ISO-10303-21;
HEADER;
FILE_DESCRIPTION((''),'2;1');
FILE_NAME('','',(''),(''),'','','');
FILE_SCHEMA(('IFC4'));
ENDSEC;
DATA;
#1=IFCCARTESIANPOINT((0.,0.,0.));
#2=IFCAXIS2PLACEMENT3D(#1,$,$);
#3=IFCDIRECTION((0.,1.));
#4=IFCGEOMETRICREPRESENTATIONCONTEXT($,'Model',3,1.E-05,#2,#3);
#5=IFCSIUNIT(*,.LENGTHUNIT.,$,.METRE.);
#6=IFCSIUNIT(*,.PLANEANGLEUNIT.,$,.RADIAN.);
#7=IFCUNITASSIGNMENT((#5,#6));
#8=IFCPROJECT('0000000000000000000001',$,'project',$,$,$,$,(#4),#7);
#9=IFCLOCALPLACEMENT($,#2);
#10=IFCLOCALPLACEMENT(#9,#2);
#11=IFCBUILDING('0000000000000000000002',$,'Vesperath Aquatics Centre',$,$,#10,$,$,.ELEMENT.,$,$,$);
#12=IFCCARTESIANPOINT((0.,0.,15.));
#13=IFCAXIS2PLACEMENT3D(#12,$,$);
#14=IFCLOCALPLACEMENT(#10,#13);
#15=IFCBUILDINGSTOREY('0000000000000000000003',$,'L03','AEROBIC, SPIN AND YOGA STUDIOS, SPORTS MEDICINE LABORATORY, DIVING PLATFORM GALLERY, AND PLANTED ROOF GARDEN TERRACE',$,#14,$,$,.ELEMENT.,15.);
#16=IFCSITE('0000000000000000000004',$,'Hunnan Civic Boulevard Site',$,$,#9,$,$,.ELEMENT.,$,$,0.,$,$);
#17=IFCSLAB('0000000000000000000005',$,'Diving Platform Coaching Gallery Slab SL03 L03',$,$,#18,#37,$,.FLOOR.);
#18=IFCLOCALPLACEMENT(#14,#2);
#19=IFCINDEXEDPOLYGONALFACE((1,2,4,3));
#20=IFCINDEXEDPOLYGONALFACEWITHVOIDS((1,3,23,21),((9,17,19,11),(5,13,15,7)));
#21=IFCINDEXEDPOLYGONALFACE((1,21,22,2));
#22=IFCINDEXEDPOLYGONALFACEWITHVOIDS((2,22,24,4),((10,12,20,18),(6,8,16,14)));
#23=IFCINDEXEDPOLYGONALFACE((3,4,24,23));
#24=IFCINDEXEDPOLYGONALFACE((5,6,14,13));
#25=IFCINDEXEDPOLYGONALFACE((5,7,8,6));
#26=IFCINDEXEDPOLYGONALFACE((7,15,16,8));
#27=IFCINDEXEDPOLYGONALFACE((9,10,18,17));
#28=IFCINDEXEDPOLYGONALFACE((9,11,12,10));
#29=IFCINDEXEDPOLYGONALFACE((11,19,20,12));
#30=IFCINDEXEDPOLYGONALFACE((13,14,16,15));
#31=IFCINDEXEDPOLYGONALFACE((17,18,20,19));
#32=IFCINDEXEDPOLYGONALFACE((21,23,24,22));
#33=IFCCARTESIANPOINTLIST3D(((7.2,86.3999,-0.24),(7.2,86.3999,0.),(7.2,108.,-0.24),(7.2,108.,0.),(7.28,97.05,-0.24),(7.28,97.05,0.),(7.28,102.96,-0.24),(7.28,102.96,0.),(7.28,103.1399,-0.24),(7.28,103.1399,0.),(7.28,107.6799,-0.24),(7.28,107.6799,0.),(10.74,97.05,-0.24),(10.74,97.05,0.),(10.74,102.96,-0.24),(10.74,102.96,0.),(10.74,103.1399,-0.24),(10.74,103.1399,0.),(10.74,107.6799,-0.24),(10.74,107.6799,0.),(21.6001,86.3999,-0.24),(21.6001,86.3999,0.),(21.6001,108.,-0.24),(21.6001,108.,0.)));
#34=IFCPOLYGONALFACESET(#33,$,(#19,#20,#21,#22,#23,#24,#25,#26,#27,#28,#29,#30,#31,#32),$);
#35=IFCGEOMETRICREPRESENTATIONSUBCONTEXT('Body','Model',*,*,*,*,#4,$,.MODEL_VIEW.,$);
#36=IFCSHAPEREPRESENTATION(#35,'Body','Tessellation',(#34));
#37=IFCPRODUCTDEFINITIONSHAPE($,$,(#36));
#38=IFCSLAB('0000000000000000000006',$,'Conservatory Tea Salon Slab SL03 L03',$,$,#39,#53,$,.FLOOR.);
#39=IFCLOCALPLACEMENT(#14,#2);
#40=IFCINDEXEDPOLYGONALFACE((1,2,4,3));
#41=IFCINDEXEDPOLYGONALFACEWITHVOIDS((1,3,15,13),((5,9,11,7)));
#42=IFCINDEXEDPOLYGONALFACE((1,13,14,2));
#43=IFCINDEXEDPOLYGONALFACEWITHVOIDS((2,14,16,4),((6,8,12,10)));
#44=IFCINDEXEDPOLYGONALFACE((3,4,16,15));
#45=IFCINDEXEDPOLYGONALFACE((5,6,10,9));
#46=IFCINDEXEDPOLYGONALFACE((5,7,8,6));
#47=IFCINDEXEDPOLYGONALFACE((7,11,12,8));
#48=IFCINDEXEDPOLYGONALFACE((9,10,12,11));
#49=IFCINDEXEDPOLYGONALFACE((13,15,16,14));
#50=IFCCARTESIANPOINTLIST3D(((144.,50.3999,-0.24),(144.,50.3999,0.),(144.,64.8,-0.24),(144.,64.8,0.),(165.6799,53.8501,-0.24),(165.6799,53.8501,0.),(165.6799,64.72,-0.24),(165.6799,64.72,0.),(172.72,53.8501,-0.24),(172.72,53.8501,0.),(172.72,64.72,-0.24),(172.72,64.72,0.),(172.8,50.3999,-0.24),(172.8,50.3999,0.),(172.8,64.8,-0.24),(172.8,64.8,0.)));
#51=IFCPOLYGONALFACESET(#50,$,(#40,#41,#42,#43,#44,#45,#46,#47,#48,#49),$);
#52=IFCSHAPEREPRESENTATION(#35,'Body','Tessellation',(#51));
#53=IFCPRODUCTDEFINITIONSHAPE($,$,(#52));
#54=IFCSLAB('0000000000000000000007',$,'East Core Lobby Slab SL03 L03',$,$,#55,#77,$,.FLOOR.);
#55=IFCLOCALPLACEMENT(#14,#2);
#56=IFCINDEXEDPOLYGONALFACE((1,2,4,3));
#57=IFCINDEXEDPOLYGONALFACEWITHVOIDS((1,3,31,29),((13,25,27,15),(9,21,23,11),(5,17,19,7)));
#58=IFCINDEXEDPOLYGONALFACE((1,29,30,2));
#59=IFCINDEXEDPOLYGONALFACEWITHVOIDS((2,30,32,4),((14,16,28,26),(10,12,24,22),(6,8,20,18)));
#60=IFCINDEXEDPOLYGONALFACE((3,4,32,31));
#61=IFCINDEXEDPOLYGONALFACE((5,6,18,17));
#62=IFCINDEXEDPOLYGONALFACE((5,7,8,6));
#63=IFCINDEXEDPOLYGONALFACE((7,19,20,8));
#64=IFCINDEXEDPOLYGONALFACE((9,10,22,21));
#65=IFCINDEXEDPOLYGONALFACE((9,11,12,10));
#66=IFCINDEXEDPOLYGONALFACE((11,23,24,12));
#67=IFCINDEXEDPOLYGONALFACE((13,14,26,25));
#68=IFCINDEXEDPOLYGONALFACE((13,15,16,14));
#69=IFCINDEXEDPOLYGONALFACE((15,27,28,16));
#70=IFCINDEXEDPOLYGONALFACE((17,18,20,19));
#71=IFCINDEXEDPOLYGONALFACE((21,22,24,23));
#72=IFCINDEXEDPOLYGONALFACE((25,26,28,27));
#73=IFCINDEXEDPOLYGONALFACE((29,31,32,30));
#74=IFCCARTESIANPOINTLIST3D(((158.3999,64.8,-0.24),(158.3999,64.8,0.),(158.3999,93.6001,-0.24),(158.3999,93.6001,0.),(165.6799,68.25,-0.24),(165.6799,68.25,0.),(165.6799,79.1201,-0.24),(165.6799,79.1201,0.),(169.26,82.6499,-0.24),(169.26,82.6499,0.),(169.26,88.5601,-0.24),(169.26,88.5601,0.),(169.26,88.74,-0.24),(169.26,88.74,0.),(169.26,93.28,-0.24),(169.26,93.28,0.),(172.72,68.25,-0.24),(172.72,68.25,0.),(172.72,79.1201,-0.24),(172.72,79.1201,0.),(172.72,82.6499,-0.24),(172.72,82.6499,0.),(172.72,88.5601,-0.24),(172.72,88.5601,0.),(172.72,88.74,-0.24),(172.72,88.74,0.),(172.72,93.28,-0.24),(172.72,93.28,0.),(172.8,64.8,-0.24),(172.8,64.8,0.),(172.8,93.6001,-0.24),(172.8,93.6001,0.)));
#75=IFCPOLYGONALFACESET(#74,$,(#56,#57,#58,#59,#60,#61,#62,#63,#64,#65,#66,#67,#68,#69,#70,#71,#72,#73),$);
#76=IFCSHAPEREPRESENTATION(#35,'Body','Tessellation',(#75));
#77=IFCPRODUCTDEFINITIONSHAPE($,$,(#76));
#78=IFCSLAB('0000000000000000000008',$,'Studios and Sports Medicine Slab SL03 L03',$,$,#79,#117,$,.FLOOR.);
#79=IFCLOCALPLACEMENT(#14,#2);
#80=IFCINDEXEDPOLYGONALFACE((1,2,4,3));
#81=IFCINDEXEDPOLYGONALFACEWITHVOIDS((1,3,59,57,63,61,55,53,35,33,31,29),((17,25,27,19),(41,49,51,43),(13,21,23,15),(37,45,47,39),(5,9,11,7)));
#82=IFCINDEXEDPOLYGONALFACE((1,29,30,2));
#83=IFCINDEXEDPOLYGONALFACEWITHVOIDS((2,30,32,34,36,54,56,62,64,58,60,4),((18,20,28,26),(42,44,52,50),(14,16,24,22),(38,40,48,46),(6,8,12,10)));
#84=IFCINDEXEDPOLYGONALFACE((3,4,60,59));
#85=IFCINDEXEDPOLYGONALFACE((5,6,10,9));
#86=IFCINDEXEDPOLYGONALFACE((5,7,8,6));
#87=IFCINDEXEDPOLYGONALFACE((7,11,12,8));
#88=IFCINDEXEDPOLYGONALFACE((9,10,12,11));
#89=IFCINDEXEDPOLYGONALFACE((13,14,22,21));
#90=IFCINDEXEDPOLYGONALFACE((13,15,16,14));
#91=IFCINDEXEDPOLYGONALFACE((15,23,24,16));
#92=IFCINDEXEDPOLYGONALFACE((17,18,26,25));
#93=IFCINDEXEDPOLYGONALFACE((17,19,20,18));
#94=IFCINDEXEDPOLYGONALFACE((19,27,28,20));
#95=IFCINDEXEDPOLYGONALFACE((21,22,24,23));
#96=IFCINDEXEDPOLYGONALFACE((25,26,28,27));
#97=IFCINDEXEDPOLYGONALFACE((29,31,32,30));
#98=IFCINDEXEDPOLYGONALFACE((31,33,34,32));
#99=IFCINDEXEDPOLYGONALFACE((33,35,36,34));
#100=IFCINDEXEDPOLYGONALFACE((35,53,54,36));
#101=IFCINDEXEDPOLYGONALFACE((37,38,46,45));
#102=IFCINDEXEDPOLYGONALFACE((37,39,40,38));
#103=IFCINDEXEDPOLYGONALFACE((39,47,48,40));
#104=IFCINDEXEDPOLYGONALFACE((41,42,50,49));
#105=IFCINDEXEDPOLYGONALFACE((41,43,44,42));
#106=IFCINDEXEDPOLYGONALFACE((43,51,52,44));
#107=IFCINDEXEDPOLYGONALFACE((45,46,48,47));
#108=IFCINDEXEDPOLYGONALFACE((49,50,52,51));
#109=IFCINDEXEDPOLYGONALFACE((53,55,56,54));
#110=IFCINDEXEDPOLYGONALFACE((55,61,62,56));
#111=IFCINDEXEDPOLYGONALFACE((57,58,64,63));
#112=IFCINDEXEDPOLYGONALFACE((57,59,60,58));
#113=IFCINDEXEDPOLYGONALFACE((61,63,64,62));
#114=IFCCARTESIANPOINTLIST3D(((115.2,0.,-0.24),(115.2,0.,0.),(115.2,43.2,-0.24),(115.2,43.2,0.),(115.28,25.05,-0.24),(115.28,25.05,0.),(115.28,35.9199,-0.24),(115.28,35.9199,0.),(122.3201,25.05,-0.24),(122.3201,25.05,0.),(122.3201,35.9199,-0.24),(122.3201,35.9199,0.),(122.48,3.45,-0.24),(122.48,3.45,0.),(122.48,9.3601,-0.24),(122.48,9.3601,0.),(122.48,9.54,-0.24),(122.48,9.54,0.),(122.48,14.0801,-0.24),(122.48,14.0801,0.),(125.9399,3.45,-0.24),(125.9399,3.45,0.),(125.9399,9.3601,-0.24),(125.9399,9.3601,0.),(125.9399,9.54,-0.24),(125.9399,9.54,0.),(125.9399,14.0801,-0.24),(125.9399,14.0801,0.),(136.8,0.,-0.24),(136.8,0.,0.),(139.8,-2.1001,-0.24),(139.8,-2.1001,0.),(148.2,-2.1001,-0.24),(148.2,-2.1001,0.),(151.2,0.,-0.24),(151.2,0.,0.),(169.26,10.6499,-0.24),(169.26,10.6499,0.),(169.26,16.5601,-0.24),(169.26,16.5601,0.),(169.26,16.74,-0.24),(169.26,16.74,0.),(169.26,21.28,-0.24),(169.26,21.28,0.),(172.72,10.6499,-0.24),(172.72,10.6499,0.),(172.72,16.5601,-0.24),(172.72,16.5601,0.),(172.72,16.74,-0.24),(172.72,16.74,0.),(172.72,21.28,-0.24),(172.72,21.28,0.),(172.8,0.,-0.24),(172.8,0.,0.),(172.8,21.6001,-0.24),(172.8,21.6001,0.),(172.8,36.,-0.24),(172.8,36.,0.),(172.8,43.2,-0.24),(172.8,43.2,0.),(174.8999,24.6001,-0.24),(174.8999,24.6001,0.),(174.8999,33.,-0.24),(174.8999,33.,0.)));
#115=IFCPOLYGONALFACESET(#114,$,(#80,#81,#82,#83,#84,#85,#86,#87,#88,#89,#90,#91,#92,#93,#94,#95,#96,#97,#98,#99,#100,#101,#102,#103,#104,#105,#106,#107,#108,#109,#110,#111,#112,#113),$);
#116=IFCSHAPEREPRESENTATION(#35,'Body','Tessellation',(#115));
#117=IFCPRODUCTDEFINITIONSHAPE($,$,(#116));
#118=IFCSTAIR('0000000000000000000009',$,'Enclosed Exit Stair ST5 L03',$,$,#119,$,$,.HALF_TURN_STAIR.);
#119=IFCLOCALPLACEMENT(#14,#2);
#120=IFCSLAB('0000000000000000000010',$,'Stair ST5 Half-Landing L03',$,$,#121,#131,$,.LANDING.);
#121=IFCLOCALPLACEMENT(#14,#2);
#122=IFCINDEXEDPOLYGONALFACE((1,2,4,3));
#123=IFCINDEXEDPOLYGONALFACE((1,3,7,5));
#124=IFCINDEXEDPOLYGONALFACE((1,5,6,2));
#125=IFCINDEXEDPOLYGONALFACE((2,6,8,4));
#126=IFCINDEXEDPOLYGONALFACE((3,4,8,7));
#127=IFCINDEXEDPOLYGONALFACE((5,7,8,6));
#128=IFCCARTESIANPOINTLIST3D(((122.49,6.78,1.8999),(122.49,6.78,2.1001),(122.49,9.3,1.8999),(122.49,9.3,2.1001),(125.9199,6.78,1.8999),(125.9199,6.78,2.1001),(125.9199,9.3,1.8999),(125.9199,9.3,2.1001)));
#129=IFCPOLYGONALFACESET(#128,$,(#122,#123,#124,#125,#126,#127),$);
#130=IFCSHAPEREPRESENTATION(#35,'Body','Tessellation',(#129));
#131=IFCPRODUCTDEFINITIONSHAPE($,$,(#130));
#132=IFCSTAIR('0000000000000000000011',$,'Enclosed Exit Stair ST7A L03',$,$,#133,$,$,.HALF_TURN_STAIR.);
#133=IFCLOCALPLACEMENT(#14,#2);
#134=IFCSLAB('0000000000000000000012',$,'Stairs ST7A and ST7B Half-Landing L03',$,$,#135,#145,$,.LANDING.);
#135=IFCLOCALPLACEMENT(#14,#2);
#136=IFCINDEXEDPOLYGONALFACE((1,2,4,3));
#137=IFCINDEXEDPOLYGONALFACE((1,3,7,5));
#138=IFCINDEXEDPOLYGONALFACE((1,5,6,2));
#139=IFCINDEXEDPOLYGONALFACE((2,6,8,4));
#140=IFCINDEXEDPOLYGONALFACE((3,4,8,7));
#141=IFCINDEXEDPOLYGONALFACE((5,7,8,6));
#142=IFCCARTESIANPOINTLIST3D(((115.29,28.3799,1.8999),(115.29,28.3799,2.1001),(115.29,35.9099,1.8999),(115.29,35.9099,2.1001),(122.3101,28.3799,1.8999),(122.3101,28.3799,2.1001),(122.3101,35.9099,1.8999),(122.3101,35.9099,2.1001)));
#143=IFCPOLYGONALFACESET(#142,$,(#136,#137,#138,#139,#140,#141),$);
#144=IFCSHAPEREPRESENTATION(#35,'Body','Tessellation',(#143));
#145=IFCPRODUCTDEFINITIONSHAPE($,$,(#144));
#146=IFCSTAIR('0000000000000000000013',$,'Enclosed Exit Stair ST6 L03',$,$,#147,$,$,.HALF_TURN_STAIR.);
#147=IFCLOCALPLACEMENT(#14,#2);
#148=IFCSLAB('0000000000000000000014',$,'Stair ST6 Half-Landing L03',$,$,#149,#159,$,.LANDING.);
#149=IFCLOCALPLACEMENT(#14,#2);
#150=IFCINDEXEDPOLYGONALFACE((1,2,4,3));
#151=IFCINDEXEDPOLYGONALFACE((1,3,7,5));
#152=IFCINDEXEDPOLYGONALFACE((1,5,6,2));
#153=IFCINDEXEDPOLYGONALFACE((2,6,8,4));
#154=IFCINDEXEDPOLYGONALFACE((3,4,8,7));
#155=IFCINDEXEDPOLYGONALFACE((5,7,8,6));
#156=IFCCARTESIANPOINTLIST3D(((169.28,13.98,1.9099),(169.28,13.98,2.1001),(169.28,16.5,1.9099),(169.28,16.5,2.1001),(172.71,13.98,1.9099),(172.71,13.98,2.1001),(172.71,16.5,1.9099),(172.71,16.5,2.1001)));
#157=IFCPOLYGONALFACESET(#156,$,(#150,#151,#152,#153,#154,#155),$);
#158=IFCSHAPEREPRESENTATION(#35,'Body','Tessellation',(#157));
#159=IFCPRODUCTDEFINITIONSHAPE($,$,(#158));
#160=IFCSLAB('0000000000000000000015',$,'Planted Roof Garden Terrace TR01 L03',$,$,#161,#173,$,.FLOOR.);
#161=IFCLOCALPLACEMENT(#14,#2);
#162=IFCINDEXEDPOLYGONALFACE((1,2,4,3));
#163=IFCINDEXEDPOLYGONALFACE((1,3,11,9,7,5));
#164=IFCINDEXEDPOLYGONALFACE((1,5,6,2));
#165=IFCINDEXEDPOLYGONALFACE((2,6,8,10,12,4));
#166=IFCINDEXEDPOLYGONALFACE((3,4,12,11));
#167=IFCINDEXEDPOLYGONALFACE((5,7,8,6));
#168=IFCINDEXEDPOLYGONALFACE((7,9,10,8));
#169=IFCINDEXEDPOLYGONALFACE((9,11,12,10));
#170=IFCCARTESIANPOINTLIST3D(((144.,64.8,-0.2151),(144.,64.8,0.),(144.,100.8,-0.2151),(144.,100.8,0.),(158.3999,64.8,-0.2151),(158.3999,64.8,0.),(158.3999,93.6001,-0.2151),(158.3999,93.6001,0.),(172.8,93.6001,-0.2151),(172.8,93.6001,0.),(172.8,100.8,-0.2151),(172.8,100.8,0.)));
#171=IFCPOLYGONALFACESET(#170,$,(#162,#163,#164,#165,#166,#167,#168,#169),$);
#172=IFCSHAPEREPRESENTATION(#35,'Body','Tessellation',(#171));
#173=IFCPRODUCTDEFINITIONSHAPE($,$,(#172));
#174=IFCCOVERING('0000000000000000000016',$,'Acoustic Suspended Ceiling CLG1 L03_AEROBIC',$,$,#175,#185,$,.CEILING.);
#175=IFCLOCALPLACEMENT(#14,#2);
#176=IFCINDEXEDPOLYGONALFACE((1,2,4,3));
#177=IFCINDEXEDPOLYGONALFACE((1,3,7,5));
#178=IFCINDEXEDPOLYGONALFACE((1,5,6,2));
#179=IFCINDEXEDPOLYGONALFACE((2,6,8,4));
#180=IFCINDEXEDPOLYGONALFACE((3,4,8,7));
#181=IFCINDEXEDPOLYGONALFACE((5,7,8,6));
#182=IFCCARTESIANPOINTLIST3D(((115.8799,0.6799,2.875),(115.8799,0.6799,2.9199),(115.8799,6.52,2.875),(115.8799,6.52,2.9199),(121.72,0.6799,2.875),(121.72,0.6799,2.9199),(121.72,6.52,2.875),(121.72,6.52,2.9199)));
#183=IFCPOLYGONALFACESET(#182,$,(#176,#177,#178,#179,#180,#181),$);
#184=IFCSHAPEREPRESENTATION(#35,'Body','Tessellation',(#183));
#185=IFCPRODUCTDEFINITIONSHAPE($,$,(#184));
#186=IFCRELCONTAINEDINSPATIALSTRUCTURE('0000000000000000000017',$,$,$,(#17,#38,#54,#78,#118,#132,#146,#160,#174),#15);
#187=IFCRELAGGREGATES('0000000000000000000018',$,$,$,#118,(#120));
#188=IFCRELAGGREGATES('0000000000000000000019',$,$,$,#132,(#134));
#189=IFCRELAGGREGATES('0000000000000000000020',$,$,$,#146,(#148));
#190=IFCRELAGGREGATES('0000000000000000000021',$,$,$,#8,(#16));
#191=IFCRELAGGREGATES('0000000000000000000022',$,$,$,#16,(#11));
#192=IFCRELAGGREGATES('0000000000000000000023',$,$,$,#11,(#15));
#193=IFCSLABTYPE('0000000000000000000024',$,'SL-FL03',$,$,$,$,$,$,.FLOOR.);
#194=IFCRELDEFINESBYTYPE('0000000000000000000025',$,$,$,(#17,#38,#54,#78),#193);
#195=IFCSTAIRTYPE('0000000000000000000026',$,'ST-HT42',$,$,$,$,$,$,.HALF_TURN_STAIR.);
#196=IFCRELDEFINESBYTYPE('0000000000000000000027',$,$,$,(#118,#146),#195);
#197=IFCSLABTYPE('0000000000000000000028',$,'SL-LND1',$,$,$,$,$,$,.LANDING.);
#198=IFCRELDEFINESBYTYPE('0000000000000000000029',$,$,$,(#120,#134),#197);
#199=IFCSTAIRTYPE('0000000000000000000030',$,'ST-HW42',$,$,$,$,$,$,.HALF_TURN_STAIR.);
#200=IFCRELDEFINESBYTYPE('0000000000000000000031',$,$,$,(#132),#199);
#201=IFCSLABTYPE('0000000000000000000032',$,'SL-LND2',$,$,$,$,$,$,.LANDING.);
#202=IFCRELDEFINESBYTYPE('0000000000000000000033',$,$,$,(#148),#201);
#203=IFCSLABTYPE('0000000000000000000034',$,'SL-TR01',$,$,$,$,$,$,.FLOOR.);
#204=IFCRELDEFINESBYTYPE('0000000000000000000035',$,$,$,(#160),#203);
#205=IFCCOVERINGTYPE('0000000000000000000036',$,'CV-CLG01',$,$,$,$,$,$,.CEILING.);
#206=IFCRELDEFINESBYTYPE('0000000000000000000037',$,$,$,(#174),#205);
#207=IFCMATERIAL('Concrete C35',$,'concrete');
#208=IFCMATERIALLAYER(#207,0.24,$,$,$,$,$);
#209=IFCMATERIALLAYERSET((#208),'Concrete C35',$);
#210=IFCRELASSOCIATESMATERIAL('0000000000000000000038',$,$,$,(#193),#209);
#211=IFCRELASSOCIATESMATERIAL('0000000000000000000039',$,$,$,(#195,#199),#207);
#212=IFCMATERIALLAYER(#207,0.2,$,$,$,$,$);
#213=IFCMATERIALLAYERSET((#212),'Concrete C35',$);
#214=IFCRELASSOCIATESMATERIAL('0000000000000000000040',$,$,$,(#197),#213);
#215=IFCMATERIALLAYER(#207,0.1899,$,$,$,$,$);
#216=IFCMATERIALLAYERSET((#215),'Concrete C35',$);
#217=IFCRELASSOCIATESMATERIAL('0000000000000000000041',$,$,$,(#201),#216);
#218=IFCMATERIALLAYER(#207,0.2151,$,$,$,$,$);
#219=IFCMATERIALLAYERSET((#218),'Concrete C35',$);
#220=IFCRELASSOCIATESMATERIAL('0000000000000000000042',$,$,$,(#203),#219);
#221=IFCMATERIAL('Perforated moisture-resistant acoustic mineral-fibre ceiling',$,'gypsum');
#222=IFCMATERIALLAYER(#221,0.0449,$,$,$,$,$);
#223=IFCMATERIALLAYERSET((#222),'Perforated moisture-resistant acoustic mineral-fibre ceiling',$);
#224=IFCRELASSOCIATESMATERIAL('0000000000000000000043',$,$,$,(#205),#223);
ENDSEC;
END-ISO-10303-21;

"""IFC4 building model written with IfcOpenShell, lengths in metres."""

from ifc_helpers import new_model, si_unit, direction, frame, origin, place, context, subcontext, project, spatial, polyline, outline, extrude, material, layer, layer_set, type_object, element, aggregate, save


model = new_model("IFC4")

# Units and contexts
model_context = context("Model", 3, precision=1e-05, world=origin(), true_north=direction((0.0, 1.0)))
body_context = subcontext(model_context, "Body", "Model", "MODEL_VIEW")
ifc_project = project(units=[si_unit("LENGTHUNIT", "METRE"), si_unit("PLANEANGLEUNIT", "RADIAN")], contexts=[model_context])

# Site, building, storey
site_placement = place(None, origin())
site = spatial("IfcSite", under=ifc_project, at=site_placement, Name="Hunnan Civic Boulevard Site", CompositionType="ELEMENT", RefElevation=0.0)
building_placement = place(site_placement, origin())
building = spatial("IfcBuilding", under=site, at=building_placement, Name="Vesperath Aquatics Centre", CompositionType="ELEMENT")
storey_placement = place(building_placement, frame((0.0, 0.0, 15.0)))
storey = spatial("IfcBuildingStorey", under=building, at=storey_placement, Name="L03", Description="AEROBIC, SPIN AND YOGA STUDIOS, SPORTS MEDICINE LABORATORY, DIVING PLATFORM GALLERY, AND PLANTED ROOF GARDEN TERRACE", CompositionType="ELEMENT", Elevation=15.0)

# Slabs
ifc_material_1 = material(Name="Concrete C35", Category="concrete")
ifc_layer_1 = layer(ifc_material_1, 0.24)
ifc_layer_set_1 = layer_set([ifc_layer_1], Name="Concrete C35")
slab_type_1 = type_object("IfcSlabType", Name="SL-FL03", PredefinedType="FLOOR", material=ifc_layer_set_1)
slab_1_placement = place(storey_placement, frame((0.0, 0.0, -0.24)))
element("IfcSlab", 1, at=slab_1_placement, inside=storey, type_object=slab_type_1, Name="Diving Platform Coaching Gallery Slab SL03 L03", PredefinedType="FLOOR", context=body_context, shape_type="SweptSolid", body=[
    extrude(outline(polyline([(7.2, 86.3999), (21.6001, 86.3999), (21.6001, 108.0), (7.2, 108.0), (7.2, 86.3999)]), holes=[polyline([(7.28, 97.05), (10.74, 97.05), (10.74, 102.96), (7.28, 102.96), (7.28, 97.05)]), polyline([(7.28, 103.1399), (10.74, 103.1399), (10.74, 107.6799), (7.28, 107.6799), (7.28, 103.1399)])]), origin(), (0.0, 0.0, 1.0), 0.24),
])
slab_2_placement = place(storey_placement, frame((0.0, 0.0, -0.24)))
element("IfcSlab", 2, at=slab_2_placement, inside=storey, type_object=slab_type_1, Name="Conservatory Tea Salon Slab SL03 L03", PredefinedType="FLOOR", context=body_context, shape_type="SweptSolid", body=[
    extrude(outline(polyline([(144.0, 50.3999), (172.8, 50.3999), (172.8, 64.8), (144.0, 64.8), (144.0, 50.3999)]), holes=[polyline([(165.6799, 53.8501), (172.72, 53.8501), (172.72, 64.72), (165.6799, 64.72), (165.6799, 53.8501)])]), origin(), (0.0, 0.0, 1.0), 0.24),
])
slab_3_placement = place(storey_placement, frame((0.0, 0.0, -0.24)))
element("IfcSlab", 3, at=slab_3_placement, inside=storey, type_object=slab_type_1, Name="East Core Lobby Slab SL03 L03", PredefinedType="FLOOR", context=body_context, shape_type="SweptSolid", body=[
    extrude(outline(polyline([(158.3999, 64.8), (172.8, 64.8), (172.8, 93.6001), (158.3999, 93.6001), (158.3999, 64.8)]), holes=[polyline([(169.26, 82.6499), (172.72, 82.6499), (172.72, 88.5601), (169.26, 88.5601), (169.26, 82.6499)]), polyline([(169.26, 88.74), (172.72, 88.74), (172.72, 93.28), (169.26, 93.28), (169.26, 88.74)]), polyline([(165.6799, 68.25), (172.72, 68.25), (172.72, 79.1201), (165.6799, 79.1201), (165.6799, 68.25)])]), origin(), (0.0, 0.0, 1.0), 0.24),
])
slab_4_placement = place(storey_placement, frame((0.0, 0.0, -0.24)))
element("IfcSlab", 4, at=slab_4_placement, inside=storey, type_object=slab_type_1, Name="Studios and Sports Medicine Slab SL03 L03", PredefinedType="FLOOR", context=body_context, shape_type="SweptSolid", body=[
    extrude(outline(polyline([(115.2, 0.0), (136.8, 0.0), (139.8, -2.1001), (148.2, -2.1001), (151.2, 0.0), (172.8, 0.0), (172.8, 21.6001), (174.8999, 24.6001), (174.8999, 33.0), (172.8, 36.0), (172.8, 43.2), (115.2, 43.2), (115.2, 0.0)]), holes=[polyline([(122.48, 3.45), (125.9399, 3.45), (125.9399, 9.3601), (122.48, 9.3601), (122.48, 3.45)]), polyline([(122.48, 9.54), (125.9399, 9.54), (125.9399, 14.0801), (122.48, 14.0801), (122.48, 9.54)]), polyline([(169.26, 10.6499), (172.72, 10.6499), (172.72, 16.5601), (169.26, 16.5601), (169.26, 10.6499)]), polyline([(169.26, 16.74), (172.72, 16.74), (172.72, 21.28), (169.26, 21.28), (169.26, 16.74)]), polyline([(115.28, 25.05), (122.3201, 25.05), (122.3201, 35.9199), (115.28, 35.9199), (115.28, 25.05)])]), origin(), (0.0, 0.0, 1.0), 0.24),
])

# Stairs, slabs
stair_type_1 = type_object("IfcStairType", Name="ST-HT42", PredefinedType="HALF_TURN_STAIR", material=ifc_material_1)
stair_1_placement = place(storey_placement, origin())
stair_1 = element("IfcStair", 5, at=stair_1_placement, inside=storey, type_object=stair_type_1, Name="Enclosed Exit Stair ST5 L03", PredefinedType="HALF_TURN_STAIR")
ifc_layer_2 = layer(ifc_material_1, 0.2)
ifc_layer_set_2 = layer_set([ifc_layer_2], Name="Concrete C35")
slab_type_2 = type_object("IfcSlabType", Name="SL-LND1", PredefinedType="LANDING", material=ifc_layer_set_2)
slab_5_placement = place(storey_placement, frame((0.0, 0.0, 1.8999)))
slab_5 = element("IfcSlab", 6, at=slab_5_placement, type_object=slab_type_2, Name="Stair ST5 Half-Landing L03", PredefinedType="LANDING", context=body_context, shape_type="SweptSolid", body=[
    extrude(outline(polyline([(122.49, 6.78), (125.9199, 6.78), (125.9199, 9.3), (122.49, 9.3), (122.49, 6.78)])), origin(), (0.0, 0.0, 1.0), 0.2002),
])
aggregate(stair_1, [slab_5])
stair_type_2 = type_object("IfcStairType", Name="ST-HW42", PredefinedType="HALF_TURN_STAIR", material=ifc_material_1)
stair_2_placement = place(storey_placement, origin())
stair_2 = element("IfcStair", 7, at=stair_2_placement, inside=storey, type_object=stair_type_2, Name="Enclosed Exit Stair ST7A L03", PredefinedType="HALF_TURN_STAIR")
slab_6_placement = place(storey_placement, frame((0.0, 0.0, 1.8999)))
slab_6 = element("IfcSlab", 8, at=slab_6_placement, type_object=slab_type_2, Name="Stairs ST7A and ST7B Half-Landing L03", PredefinedType="LANDING", context=body_context, shape_type="SweptSolid", body=[
    extrude(outline(polyline([(115.29, 28.3799), (122.3101, 28.3799), (122.3101, 35.9099), (115.29, 35.9099), (115.29, 28.3799)])), origin(), (0.0, 0.0, 1.0), 0.2002),
])
aggregate(stair_2, [slab_6])
stair_3_placement = place(storey_placement, origin())
stair_3 = element("IfcStair", 9, at=stair_3_placement, inside=storey, type_object=stair_type_1, Name="Enclosed Exit Stair ST6 L03", PredefinedType="HALF_TURN_STAIR")
ifc_layer_3 = layer(ifc_material_1, 0.1899)
ifc_layer_set_3 = layer_set([ifc_layer_3], Name="Concrete C35")
slab_type_3 = type_object("IfcSlabType", Name="SL-LND2", PredefinedType="LANDING", material=ifc_layer_set_3)
slab_7_placement = place(storey_placement, frame((0.0, 0.0, 1.9099)))
slab_7 = element("IfcSlab", 10, at=slab_7_placement, type_object=slab_type_3, Name="Stair ST6 Half-Landing L03", PredefinedType="LANDING", context=body_context, shape_type="SweptSolid", body=[
    extrude(outline(polyline([(169.28, 13.98), (172.71, 13.98), (172.71, 16.5), (169.28, 16.5), (169.28, 13.98)])), origin(), (0.0, 0.0, 1.0), 0.1902),
])
aggregate(stair_3, [slab_7])

# Slab
ifc_layer_4 = layer(ifc_material_1, 0.2151)
ifc_layer_set_4 = layer_set([ifc_layer_4], Name="Concrete C35")
slab_type_4 = type_object("IfcSlabType", Name="SL-TR01", PredefinedType="FLOOR", material=ifc_layer_set_4)
slab_8_placement = place(storey_placement, frame((0.0, 0.0, -0.2151)))
element("IfcSlab", 11, at=slab_8_placement, inside=storey, type_object=slab_type_4, Name="Planted Roof Garden Terrace TR01 L03", PredefinedType="FLOOR", context=body_context, shape_type="SweptSolid", body=[
    extrude(outline(polyline([(144.0, 64.8), (158.3999, 64.8), (158.3999, 93.6001), (172.8, 93.6001), (172.8, 100.8), (144.0, 100.8), (144.0, 64.8)])), origin(), (0.0, 0.0, 1.0), 0.2151),
])

# Covering
ifc_material_2 = material(Name="Perforated moisture-resistant acoustic mineral-fibre ceiling", Category="gypsum")
ifc_layer_5 = layer(ifc_material_2, 0.0449)
ifc_layer_set_5 = layer_set([ifc_layer_5], Name="Perforated moisture-resistant acoustic mineral-fibre ceiling")
covering_type_1 = type_object("IfcCoveringType", Name="CV-CLG01", PredefinedType="CEILING", material=ifc_layer_set_5)
covering_1_placement = place(storey_placement, frame((0.0, 0.0, 2.875)))
element("IfcCovering", 12, at=covering_1_placement, inside=storey, type_object=covering_type_1, Name="Acoustic Suspended Ceiling CLG1 L03_AEROBIC", PredefinedType="CEILING", context=body_context, shape_type="SweptSolid", body=[
    extrude(outline(polyline([(115.8799, 0.6799), (121.72, 0.6799), (121.72, 6.52), (115.8799, 6.52), (115.8799, 0.6799)])), origin(), (0.0, 0.0, 1.0), 0.0449),
])

save(model, "model.ifc")
